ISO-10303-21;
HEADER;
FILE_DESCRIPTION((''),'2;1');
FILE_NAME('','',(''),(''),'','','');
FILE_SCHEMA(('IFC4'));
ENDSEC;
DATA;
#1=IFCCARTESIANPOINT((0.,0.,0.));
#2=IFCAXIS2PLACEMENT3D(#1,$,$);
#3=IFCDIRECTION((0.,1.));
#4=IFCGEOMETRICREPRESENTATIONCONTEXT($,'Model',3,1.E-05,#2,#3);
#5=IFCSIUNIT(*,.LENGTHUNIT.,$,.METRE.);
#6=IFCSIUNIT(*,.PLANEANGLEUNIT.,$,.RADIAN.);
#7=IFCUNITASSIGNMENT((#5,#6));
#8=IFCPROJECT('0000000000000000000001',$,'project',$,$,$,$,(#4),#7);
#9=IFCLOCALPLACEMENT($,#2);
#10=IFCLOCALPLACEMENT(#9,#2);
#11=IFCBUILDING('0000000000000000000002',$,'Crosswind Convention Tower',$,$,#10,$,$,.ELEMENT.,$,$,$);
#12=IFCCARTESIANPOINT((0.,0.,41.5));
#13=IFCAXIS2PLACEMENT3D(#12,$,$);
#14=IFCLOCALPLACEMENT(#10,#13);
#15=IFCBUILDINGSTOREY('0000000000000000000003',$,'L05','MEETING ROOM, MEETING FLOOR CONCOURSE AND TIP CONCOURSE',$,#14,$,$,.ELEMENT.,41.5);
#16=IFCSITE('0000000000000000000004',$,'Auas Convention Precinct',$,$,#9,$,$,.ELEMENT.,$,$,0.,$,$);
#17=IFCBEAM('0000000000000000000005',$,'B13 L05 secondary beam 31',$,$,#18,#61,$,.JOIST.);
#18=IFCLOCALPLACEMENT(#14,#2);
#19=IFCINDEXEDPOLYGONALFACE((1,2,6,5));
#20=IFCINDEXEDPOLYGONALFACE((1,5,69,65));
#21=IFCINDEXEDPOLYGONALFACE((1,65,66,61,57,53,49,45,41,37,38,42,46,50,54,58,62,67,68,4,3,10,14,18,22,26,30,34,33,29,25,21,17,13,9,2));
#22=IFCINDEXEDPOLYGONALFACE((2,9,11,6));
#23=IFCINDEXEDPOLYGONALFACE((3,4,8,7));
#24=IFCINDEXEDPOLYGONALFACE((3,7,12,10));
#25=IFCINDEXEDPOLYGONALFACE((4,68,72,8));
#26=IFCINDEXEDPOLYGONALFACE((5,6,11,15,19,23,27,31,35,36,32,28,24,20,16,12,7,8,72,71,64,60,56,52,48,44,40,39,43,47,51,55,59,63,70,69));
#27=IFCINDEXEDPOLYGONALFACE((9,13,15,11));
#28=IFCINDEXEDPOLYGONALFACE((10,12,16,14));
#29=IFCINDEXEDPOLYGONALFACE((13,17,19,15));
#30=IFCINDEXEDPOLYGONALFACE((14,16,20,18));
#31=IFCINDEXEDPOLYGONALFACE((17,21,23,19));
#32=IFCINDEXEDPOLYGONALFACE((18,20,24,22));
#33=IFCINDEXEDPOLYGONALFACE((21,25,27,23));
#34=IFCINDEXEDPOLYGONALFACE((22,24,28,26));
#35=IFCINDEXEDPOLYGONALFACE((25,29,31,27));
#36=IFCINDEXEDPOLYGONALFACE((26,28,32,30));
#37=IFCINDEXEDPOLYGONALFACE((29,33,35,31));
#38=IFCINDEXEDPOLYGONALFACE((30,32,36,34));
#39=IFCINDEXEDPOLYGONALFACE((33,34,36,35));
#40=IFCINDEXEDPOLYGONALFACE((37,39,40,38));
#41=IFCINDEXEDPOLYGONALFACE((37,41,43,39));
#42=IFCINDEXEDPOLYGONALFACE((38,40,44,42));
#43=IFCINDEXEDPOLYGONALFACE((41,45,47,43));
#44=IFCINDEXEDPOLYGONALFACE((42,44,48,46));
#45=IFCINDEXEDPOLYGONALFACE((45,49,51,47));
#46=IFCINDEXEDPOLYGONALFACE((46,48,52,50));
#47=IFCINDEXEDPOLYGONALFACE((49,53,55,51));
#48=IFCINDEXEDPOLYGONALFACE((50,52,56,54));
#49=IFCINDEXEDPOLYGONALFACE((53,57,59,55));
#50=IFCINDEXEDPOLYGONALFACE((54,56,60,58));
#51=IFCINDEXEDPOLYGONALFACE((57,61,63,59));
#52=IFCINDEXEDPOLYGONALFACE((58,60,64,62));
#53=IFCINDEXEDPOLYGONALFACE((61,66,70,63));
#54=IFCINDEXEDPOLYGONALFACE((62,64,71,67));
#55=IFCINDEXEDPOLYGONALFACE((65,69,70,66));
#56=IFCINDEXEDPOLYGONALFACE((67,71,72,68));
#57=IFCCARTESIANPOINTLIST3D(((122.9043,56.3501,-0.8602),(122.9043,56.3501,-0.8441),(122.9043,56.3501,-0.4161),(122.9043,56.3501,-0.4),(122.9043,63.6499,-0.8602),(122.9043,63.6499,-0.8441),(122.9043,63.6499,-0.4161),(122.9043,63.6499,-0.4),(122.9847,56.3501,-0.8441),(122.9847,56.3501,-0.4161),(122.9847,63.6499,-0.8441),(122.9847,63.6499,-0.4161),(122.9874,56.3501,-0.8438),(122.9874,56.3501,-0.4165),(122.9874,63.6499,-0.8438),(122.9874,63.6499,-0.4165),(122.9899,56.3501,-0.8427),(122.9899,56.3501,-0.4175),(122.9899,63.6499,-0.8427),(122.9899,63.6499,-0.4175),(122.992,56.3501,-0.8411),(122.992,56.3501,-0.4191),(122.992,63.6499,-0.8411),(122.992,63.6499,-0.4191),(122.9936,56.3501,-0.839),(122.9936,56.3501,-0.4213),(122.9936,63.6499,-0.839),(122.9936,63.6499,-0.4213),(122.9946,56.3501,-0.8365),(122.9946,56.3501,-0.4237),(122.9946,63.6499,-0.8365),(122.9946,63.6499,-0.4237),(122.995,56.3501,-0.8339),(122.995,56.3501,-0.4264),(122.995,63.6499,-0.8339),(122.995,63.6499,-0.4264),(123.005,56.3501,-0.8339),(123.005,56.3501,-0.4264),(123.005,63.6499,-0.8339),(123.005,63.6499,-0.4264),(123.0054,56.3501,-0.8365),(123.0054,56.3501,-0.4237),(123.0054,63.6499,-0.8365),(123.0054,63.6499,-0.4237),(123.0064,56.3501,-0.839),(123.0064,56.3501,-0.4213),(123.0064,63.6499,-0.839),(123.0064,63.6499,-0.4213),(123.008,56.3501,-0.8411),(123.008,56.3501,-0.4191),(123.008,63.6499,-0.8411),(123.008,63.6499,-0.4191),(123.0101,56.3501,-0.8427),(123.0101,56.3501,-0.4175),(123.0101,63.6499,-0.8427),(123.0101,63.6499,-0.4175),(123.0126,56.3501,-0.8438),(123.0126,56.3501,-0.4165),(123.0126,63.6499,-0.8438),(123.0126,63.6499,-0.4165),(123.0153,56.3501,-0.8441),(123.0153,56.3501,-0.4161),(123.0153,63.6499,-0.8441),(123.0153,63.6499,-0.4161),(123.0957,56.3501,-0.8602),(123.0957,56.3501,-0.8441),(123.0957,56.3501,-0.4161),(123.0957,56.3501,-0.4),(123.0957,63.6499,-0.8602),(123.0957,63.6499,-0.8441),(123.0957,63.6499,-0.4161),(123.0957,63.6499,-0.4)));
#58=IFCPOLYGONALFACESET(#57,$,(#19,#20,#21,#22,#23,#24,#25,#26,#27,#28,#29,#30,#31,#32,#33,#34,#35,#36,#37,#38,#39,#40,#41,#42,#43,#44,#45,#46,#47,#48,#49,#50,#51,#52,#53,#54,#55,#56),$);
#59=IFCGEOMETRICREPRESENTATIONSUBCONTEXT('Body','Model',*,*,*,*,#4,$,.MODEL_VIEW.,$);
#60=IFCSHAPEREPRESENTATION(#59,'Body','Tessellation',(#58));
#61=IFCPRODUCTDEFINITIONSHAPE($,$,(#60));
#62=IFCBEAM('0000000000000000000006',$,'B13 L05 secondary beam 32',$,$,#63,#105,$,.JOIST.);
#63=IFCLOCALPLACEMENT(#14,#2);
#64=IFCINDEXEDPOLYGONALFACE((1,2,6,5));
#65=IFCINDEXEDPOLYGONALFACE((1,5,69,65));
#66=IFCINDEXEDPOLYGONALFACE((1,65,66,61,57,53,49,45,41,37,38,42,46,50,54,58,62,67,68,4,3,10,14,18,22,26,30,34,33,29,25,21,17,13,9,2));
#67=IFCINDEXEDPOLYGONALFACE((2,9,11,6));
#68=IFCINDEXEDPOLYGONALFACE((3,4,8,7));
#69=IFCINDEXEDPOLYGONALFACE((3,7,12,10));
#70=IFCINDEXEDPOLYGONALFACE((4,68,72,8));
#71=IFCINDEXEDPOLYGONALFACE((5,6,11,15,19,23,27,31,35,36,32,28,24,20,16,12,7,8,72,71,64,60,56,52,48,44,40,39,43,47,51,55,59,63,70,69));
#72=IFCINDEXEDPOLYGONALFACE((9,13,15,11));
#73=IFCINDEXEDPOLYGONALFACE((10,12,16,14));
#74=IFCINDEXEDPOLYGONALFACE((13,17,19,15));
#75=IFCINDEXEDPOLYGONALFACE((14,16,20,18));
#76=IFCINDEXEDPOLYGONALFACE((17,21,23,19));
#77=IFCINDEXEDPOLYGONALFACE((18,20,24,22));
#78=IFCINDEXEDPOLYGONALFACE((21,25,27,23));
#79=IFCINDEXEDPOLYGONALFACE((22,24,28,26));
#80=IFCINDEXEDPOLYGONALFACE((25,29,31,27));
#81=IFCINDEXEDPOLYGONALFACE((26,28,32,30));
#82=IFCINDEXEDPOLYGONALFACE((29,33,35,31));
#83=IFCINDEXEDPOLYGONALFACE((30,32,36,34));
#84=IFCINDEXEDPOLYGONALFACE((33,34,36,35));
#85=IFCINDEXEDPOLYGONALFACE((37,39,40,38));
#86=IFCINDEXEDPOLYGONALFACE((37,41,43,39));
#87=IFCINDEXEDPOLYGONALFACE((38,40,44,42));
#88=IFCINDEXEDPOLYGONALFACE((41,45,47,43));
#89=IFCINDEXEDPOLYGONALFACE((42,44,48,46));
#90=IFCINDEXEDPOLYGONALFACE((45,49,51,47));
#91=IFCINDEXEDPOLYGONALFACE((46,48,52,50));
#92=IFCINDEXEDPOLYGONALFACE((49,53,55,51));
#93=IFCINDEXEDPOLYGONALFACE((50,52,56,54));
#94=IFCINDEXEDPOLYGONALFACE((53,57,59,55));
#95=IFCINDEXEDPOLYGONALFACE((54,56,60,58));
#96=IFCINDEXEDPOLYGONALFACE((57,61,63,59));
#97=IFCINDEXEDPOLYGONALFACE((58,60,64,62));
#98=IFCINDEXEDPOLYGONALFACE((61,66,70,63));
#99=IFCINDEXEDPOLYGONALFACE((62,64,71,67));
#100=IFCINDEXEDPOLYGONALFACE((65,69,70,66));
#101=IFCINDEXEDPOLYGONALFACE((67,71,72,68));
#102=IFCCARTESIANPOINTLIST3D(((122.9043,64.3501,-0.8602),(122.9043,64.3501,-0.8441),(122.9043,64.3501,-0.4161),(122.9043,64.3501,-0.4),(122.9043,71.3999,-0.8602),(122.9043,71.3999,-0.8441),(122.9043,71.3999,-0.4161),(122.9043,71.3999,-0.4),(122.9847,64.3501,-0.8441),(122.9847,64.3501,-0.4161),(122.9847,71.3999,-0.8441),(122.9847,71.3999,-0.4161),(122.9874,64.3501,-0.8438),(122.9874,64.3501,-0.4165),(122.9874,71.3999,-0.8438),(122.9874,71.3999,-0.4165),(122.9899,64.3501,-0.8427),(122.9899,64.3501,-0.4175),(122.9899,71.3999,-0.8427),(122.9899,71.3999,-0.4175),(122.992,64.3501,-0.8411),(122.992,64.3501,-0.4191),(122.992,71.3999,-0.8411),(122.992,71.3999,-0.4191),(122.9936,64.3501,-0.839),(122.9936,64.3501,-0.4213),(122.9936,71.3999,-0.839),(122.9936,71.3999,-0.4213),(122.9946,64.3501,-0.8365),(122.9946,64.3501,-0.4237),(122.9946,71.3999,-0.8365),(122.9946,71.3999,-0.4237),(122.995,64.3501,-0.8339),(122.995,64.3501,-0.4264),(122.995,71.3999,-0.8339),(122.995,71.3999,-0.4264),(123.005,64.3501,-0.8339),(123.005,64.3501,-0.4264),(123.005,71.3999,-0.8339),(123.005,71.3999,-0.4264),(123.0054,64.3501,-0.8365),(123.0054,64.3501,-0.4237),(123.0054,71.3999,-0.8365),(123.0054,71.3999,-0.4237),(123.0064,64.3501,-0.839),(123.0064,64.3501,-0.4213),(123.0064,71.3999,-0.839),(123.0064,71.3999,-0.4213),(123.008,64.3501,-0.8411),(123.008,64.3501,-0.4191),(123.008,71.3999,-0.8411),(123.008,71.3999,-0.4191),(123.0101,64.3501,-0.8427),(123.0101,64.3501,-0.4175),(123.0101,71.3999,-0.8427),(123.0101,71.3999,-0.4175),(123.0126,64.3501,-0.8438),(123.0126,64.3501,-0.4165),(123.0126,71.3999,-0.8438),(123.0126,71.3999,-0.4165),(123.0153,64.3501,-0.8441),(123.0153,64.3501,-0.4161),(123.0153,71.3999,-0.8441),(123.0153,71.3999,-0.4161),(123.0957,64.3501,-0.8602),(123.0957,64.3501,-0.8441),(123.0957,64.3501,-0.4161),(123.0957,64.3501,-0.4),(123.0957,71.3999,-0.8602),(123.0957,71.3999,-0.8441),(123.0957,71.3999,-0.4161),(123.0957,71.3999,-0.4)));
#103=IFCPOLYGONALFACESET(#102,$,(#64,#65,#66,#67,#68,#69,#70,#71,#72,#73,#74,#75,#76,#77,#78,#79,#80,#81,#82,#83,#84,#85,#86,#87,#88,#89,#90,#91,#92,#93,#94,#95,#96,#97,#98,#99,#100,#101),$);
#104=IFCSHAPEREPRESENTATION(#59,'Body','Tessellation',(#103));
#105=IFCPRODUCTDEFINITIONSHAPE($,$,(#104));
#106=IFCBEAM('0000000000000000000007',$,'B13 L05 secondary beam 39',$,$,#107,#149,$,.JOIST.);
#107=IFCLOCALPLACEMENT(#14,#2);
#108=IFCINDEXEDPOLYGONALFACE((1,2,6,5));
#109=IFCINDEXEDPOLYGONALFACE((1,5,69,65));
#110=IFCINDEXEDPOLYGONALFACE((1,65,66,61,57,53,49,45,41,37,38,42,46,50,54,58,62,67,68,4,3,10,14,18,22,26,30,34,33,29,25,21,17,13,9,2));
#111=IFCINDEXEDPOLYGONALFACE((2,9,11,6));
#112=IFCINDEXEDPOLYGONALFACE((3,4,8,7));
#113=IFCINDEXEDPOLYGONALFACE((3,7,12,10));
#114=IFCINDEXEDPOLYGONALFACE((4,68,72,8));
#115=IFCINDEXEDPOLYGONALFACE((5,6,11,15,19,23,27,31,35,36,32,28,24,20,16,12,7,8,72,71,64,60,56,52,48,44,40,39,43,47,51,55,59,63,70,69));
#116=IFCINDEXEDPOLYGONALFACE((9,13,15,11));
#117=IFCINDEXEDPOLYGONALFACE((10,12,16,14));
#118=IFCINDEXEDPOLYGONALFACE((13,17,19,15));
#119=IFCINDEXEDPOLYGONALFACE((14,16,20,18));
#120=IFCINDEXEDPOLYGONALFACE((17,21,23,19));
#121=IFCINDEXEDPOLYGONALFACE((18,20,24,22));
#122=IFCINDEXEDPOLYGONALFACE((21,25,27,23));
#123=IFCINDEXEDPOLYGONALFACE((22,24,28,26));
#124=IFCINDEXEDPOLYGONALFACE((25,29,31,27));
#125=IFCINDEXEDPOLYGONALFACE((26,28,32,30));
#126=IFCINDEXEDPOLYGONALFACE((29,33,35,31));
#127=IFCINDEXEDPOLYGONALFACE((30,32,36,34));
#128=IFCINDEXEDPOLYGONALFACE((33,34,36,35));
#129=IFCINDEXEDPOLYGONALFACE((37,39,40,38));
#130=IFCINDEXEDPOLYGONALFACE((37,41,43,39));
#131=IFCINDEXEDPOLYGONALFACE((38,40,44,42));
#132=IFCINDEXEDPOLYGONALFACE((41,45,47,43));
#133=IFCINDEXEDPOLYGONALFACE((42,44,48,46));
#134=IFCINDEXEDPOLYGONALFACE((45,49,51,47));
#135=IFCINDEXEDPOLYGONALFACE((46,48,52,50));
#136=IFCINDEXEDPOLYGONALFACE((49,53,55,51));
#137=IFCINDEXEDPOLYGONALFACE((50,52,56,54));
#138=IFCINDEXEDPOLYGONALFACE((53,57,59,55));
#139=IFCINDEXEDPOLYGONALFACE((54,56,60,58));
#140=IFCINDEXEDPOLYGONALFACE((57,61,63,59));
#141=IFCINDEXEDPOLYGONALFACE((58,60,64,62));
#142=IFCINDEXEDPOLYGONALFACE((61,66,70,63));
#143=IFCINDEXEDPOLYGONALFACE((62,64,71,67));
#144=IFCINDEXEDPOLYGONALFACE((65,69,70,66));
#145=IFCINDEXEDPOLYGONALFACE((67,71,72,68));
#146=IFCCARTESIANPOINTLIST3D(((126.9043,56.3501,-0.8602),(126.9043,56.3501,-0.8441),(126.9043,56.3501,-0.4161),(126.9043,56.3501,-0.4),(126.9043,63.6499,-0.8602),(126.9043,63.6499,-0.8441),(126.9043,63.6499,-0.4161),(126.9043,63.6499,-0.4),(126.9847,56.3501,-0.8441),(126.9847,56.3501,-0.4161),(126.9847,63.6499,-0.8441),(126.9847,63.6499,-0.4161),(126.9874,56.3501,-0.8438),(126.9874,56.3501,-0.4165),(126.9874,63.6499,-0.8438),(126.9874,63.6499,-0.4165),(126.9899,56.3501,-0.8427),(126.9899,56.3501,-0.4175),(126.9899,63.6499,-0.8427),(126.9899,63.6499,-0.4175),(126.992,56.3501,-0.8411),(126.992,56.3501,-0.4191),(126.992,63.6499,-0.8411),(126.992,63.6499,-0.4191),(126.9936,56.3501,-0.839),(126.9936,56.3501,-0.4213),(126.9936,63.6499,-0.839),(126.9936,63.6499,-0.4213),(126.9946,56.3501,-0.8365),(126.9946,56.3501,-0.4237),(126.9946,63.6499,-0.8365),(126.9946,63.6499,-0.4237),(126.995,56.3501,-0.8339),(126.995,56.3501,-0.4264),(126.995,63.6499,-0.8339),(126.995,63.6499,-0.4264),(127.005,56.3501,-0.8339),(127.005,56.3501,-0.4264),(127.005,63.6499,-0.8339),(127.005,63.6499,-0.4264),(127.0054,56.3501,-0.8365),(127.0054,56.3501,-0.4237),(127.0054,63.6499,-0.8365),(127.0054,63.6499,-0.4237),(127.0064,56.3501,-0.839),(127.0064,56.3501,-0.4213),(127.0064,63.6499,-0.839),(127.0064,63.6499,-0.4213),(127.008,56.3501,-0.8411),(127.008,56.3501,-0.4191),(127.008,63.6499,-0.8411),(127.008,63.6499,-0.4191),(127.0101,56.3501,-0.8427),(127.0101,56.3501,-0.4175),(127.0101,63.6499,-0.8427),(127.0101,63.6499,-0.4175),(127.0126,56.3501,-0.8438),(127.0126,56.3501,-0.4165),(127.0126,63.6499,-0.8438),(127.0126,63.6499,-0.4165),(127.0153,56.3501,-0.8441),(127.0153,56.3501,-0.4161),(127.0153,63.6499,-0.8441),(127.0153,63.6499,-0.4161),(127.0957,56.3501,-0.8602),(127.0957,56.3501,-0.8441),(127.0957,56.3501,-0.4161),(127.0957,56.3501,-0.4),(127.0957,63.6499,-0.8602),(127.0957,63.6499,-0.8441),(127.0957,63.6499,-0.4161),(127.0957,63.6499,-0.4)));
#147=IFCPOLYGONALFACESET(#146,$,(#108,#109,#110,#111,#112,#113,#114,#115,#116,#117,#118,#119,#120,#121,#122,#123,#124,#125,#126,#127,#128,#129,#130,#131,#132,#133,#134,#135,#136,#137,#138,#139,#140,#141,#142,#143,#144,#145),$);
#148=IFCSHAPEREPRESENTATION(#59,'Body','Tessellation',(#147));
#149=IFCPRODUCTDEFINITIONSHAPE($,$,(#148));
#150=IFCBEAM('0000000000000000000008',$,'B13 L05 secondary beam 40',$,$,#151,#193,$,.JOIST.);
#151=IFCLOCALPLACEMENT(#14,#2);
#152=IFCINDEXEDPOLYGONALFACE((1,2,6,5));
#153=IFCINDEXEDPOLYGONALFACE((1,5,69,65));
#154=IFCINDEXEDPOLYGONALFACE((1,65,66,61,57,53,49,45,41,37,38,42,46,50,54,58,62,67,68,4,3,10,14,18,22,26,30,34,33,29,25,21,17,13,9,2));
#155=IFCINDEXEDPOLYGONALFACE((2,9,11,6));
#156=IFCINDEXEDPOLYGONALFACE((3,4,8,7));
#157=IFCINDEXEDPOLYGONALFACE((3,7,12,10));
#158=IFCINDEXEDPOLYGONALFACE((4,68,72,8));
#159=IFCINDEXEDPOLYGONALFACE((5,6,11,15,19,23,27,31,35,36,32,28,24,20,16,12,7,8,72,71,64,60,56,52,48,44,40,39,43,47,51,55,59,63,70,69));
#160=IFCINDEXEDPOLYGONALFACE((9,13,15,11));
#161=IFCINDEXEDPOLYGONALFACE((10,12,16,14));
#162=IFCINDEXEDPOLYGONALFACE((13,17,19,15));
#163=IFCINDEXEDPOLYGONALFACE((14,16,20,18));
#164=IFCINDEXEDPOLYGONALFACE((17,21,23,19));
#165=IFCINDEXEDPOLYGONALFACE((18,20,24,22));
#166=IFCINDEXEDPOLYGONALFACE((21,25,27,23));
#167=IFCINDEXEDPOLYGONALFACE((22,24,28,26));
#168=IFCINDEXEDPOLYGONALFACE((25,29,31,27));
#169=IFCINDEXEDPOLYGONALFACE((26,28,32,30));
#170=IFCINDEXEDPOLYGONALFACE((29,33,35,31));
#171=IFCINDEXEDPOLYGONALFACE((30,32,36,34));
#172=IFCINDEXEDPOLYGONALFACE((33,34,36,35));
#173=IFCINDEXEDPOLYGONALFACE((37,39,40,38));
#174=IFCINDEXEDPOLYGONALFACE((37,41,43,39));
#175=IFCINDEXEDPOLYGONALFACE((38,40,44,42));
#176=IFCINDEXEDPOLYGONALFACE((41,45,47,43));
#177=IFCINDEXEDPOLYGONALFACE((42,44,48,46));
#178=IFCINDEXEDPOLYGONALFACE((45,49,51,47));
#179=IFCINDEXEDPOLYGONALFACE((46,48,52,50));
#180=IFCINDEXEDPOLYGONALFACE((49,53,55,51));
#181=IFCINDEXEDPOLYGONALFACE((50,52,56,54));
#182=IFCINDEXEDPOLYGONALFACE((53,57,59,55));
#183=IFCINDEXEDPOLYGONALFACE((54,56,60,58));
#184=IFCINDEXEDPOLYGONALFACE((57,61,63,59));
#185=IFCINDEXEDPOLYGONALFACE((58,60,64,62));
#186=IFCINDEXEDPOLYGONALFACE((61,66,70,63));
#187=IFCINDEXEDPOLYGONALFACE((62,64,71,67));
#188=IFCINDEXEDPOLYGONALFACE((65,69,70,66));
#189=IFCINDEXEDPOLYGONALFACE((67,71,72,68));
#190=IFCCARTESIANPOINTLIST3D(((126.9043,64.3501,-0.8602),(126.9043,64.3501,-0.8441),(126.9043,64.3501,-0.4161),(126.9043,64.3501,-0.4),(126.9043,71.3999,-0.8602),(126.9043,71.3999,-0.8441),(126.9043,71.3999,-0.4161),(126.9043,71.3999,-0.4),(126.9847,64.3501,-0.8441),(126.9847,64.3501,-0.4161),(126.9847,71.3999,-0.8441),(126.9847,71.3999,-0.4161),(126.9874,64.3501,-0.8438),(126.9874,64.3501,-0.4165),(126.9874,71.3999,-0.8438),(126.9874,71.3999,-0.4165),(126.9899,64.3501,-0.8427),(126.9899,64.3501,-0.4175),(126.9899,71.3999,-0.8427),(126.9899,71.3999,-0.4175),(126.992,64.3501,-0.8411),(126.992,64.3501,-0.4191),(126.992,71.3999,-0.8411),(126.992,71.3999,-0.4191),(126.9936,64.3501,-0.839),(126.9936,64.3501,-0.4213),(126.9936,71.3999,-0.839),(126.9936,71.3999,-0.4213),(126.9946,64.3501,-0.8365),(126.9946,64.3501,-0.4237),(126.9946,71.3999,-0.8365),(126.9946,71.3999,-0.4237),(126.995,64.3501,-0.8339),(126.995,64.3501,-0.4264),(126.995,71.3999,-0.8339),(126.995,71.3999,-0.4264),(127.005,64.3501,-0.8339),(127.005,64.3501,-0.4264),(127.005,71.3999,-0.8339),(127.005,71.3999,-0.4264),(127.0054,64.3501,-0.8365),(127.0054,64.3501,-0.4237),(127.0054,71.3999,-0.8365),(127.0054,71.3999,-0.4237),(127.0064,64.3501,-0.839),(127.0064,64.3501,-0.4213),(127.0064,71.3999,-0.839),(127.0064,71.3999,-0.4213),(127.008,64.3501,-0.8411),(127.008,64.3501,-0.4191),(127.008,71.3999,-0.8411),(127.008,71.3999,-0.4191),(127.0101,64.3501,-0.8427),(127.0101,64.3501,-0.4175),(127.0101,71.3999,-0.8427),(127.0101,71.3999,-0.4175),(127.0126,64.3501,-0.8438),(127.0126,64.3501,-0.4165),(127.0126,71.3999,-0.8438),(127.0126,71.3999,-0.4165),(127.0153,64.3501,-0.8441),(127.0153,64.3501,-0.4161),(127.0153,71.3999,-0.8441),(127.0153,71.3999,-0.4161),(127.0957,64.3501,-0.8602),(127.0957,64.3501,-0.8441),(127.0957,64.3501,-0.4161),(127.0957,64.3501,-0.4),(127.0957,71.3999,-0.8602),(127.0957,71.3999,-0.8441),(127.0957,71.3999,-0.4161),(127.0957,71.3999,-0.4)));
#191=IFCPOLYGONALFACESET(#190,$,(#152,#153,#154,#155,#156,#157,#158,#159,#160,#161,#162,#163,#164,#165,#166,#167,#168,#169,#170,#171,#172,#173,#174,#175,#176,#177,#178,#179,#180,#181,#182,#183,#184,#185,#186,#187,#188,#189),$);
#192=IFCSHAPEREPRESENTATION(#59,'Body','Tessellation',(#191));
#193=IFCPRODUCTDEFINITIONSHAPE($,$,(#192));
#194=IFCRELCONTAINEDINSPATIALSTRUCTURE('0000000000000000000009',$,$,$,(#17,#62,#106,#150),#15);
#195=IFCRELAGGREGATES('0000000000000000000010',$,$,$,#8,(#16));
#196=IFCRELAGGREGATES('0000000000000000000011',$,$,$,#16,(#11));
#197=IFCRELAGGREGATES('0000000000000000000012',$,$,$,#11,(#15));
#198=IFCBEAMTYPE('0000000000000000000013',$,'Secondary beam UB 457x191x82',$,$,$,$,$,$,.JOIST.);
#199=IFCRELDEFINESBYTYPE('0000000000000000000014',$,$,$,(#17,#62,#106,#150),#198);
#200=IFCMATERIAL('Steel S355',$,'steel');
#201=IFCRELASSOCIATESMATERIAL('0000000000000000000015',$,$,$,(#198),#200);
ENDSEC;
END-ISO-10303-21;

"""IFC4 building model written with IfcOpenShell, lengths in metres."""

from ifc_helpers import new_model, si_unit, direction, frame, origin, origin_2d, place, context, subcontext, project, spatial, i_section, extrude, material, material_profile, profile_set, type_object, element, save


model = new_model("IFC4")

# Units and contexts
model_context = context("Model", 3, precision=1e-05, world=origin(), true_north=direction((0.0, 1.0)))
body_context = subcontext(model_context, "Body", "Model", "MODEL_VIEW")
ifc_project = project(units=[si_unit("LENGTHUNIT", "METRE"), si_unit("PLANEANGLEUNIT", "RADIAN")], contexts=[model_context])

# Site, building, storey
site_placement = place(None, origin())
site = spatial("IfcSite", under=ifc_project, at=site_placement, Name="Auas Convention Precinct", CompositionType="ELEMENT", RefElevation=0.0)
building_placement = place(site_placement, origin())
building = spatial("IfcBuilding", under=site, at=building_placement, Name="Crosswind Convention Tower", CompositionType="ELEMENT")
storey_placement = place(building_placement, frame((0.0, 0.0, 41.5)))
storey = spatial("IfcBuildingStorey", under=building, at=storey_placement, Name="L05", Description="MEETING ROOM, MEETING FLOOR CONCOURSE AND TIP CONCOURSE", CompositionType="ELEMENT", Elevation=41.5)

# Shared definitions
ifc_material_1 = material(Name="Steel S355", Category="steel")

# Beams
ifc_material_profile_1 = material_profile(ifc_material_1, i_section(OverallWidth=0.1914, OverallDepth=0.4602, WebThickness=0.01, FlangeThickness=0.0161, FilletRadius=0.0103, at=origin_2d()), Name="UB 457x191x82")
ifc_profile_set_1 = profile_set([ifc_material_profile_1], Name="Steel S355")
beam_type_1 = type_object("IfcBeamType", Name="Secondary beam UB 457x191x82", PredefinedType="JOIST", material=ifc_profile_set_1)
beam_1_placement = place(storey_placement, frame((123.0, 56.3501, -0.6301), z_axis=(0.0, 1.0, 0.0), x_axis=(-1.0, 0.0, 0.0)))
element("IfcBeam", 1, at=beam_1_placement, inside=storey, type_object=beam_type_1, Name="B13 L05 secondary beam 31", PredefinedType="JOIST", context=body_context, shape_type="SweptSolid", body=[
    extrude(i_section(OverallWidth=0.1914, OverallDepth=0.4602, WebThickness=0.01, FlangeThickness=0.0161, FilletRadius=0.0103, at=origin_2d()), origin(), (0.0, 0.0, 1.0), 7.2998),
])
beam_2_placement = place(storey_placement, frame((123.0, 64.3501, -0.6301), z_axis=(0.0, 1.0, 0.0), x_axis=(-1.0, 0.0, 0.0)))
element("IfcBeam", 2, at=beam_2_placement, inside=storey, type_object=beam_type_1, Name="B13 L05 secondary beam 32", PredefinedType="JOIST", context=body_context, shape_type="SweptSolid", body=[
    extrude(i_section(OverallWidth=0.1914, OverallDepth=0.4602, WebThickness=0.01, FlangeThickness=0.0161, FilletRadius=0.0103, at=origin_2d()), origin(), (0.0, 0.0, 1.0), 7.0498),
])
beam_3_placement = place(storey_placement, frame((127.0, 56.3501, -0.6301), z_axis=(0.0, 1.0, 0.0), x_axis=(-1.0, 0.0, 0.0)))
element("IfcBeam", 3, at=beam_3_placement, inside=storey, type_object=beam_type_1, Name="B13 L05 secondary beam 39", PredefinedType="JOIST", context=body_context, shape_type="SweptSolid", body=[
    extrude(i_section(OverallWidth=0.1914, OverallDepth=0.4602, WebThickness=0.01, FlangeThickness=0.0161, FilletRadius=0.0103, at=origin_2d()), origin(), (0.0, 0.0, 1.0), 7.2998),
])
beam_4_placement = place(storey_placement, frame((127.0, 64.3501, -0.6301), z_axis=(0.0, 1.0, 0.0), x_axis=(-1.0, 0.0, 0.0)))
element("IfcBeam", 4, at=beam_4_placement, inside=storey, type_object=beam_type_1, Name="B13 L05 secondary beam 40", PredefinedType="JOIST", context=body_context, shape_type="SweptSolid", body=[
    extrude(i_section(OverallWidth=0.1914, OverallDepth=0.4602, WebThickness=0.01, FlangeThickness=0.0161, FilletRadius=0.0103, at=origin_2d()), origin(), (0.0, 0.0, 1.0), 7.0498),
])

save(model, "model.ifc")
